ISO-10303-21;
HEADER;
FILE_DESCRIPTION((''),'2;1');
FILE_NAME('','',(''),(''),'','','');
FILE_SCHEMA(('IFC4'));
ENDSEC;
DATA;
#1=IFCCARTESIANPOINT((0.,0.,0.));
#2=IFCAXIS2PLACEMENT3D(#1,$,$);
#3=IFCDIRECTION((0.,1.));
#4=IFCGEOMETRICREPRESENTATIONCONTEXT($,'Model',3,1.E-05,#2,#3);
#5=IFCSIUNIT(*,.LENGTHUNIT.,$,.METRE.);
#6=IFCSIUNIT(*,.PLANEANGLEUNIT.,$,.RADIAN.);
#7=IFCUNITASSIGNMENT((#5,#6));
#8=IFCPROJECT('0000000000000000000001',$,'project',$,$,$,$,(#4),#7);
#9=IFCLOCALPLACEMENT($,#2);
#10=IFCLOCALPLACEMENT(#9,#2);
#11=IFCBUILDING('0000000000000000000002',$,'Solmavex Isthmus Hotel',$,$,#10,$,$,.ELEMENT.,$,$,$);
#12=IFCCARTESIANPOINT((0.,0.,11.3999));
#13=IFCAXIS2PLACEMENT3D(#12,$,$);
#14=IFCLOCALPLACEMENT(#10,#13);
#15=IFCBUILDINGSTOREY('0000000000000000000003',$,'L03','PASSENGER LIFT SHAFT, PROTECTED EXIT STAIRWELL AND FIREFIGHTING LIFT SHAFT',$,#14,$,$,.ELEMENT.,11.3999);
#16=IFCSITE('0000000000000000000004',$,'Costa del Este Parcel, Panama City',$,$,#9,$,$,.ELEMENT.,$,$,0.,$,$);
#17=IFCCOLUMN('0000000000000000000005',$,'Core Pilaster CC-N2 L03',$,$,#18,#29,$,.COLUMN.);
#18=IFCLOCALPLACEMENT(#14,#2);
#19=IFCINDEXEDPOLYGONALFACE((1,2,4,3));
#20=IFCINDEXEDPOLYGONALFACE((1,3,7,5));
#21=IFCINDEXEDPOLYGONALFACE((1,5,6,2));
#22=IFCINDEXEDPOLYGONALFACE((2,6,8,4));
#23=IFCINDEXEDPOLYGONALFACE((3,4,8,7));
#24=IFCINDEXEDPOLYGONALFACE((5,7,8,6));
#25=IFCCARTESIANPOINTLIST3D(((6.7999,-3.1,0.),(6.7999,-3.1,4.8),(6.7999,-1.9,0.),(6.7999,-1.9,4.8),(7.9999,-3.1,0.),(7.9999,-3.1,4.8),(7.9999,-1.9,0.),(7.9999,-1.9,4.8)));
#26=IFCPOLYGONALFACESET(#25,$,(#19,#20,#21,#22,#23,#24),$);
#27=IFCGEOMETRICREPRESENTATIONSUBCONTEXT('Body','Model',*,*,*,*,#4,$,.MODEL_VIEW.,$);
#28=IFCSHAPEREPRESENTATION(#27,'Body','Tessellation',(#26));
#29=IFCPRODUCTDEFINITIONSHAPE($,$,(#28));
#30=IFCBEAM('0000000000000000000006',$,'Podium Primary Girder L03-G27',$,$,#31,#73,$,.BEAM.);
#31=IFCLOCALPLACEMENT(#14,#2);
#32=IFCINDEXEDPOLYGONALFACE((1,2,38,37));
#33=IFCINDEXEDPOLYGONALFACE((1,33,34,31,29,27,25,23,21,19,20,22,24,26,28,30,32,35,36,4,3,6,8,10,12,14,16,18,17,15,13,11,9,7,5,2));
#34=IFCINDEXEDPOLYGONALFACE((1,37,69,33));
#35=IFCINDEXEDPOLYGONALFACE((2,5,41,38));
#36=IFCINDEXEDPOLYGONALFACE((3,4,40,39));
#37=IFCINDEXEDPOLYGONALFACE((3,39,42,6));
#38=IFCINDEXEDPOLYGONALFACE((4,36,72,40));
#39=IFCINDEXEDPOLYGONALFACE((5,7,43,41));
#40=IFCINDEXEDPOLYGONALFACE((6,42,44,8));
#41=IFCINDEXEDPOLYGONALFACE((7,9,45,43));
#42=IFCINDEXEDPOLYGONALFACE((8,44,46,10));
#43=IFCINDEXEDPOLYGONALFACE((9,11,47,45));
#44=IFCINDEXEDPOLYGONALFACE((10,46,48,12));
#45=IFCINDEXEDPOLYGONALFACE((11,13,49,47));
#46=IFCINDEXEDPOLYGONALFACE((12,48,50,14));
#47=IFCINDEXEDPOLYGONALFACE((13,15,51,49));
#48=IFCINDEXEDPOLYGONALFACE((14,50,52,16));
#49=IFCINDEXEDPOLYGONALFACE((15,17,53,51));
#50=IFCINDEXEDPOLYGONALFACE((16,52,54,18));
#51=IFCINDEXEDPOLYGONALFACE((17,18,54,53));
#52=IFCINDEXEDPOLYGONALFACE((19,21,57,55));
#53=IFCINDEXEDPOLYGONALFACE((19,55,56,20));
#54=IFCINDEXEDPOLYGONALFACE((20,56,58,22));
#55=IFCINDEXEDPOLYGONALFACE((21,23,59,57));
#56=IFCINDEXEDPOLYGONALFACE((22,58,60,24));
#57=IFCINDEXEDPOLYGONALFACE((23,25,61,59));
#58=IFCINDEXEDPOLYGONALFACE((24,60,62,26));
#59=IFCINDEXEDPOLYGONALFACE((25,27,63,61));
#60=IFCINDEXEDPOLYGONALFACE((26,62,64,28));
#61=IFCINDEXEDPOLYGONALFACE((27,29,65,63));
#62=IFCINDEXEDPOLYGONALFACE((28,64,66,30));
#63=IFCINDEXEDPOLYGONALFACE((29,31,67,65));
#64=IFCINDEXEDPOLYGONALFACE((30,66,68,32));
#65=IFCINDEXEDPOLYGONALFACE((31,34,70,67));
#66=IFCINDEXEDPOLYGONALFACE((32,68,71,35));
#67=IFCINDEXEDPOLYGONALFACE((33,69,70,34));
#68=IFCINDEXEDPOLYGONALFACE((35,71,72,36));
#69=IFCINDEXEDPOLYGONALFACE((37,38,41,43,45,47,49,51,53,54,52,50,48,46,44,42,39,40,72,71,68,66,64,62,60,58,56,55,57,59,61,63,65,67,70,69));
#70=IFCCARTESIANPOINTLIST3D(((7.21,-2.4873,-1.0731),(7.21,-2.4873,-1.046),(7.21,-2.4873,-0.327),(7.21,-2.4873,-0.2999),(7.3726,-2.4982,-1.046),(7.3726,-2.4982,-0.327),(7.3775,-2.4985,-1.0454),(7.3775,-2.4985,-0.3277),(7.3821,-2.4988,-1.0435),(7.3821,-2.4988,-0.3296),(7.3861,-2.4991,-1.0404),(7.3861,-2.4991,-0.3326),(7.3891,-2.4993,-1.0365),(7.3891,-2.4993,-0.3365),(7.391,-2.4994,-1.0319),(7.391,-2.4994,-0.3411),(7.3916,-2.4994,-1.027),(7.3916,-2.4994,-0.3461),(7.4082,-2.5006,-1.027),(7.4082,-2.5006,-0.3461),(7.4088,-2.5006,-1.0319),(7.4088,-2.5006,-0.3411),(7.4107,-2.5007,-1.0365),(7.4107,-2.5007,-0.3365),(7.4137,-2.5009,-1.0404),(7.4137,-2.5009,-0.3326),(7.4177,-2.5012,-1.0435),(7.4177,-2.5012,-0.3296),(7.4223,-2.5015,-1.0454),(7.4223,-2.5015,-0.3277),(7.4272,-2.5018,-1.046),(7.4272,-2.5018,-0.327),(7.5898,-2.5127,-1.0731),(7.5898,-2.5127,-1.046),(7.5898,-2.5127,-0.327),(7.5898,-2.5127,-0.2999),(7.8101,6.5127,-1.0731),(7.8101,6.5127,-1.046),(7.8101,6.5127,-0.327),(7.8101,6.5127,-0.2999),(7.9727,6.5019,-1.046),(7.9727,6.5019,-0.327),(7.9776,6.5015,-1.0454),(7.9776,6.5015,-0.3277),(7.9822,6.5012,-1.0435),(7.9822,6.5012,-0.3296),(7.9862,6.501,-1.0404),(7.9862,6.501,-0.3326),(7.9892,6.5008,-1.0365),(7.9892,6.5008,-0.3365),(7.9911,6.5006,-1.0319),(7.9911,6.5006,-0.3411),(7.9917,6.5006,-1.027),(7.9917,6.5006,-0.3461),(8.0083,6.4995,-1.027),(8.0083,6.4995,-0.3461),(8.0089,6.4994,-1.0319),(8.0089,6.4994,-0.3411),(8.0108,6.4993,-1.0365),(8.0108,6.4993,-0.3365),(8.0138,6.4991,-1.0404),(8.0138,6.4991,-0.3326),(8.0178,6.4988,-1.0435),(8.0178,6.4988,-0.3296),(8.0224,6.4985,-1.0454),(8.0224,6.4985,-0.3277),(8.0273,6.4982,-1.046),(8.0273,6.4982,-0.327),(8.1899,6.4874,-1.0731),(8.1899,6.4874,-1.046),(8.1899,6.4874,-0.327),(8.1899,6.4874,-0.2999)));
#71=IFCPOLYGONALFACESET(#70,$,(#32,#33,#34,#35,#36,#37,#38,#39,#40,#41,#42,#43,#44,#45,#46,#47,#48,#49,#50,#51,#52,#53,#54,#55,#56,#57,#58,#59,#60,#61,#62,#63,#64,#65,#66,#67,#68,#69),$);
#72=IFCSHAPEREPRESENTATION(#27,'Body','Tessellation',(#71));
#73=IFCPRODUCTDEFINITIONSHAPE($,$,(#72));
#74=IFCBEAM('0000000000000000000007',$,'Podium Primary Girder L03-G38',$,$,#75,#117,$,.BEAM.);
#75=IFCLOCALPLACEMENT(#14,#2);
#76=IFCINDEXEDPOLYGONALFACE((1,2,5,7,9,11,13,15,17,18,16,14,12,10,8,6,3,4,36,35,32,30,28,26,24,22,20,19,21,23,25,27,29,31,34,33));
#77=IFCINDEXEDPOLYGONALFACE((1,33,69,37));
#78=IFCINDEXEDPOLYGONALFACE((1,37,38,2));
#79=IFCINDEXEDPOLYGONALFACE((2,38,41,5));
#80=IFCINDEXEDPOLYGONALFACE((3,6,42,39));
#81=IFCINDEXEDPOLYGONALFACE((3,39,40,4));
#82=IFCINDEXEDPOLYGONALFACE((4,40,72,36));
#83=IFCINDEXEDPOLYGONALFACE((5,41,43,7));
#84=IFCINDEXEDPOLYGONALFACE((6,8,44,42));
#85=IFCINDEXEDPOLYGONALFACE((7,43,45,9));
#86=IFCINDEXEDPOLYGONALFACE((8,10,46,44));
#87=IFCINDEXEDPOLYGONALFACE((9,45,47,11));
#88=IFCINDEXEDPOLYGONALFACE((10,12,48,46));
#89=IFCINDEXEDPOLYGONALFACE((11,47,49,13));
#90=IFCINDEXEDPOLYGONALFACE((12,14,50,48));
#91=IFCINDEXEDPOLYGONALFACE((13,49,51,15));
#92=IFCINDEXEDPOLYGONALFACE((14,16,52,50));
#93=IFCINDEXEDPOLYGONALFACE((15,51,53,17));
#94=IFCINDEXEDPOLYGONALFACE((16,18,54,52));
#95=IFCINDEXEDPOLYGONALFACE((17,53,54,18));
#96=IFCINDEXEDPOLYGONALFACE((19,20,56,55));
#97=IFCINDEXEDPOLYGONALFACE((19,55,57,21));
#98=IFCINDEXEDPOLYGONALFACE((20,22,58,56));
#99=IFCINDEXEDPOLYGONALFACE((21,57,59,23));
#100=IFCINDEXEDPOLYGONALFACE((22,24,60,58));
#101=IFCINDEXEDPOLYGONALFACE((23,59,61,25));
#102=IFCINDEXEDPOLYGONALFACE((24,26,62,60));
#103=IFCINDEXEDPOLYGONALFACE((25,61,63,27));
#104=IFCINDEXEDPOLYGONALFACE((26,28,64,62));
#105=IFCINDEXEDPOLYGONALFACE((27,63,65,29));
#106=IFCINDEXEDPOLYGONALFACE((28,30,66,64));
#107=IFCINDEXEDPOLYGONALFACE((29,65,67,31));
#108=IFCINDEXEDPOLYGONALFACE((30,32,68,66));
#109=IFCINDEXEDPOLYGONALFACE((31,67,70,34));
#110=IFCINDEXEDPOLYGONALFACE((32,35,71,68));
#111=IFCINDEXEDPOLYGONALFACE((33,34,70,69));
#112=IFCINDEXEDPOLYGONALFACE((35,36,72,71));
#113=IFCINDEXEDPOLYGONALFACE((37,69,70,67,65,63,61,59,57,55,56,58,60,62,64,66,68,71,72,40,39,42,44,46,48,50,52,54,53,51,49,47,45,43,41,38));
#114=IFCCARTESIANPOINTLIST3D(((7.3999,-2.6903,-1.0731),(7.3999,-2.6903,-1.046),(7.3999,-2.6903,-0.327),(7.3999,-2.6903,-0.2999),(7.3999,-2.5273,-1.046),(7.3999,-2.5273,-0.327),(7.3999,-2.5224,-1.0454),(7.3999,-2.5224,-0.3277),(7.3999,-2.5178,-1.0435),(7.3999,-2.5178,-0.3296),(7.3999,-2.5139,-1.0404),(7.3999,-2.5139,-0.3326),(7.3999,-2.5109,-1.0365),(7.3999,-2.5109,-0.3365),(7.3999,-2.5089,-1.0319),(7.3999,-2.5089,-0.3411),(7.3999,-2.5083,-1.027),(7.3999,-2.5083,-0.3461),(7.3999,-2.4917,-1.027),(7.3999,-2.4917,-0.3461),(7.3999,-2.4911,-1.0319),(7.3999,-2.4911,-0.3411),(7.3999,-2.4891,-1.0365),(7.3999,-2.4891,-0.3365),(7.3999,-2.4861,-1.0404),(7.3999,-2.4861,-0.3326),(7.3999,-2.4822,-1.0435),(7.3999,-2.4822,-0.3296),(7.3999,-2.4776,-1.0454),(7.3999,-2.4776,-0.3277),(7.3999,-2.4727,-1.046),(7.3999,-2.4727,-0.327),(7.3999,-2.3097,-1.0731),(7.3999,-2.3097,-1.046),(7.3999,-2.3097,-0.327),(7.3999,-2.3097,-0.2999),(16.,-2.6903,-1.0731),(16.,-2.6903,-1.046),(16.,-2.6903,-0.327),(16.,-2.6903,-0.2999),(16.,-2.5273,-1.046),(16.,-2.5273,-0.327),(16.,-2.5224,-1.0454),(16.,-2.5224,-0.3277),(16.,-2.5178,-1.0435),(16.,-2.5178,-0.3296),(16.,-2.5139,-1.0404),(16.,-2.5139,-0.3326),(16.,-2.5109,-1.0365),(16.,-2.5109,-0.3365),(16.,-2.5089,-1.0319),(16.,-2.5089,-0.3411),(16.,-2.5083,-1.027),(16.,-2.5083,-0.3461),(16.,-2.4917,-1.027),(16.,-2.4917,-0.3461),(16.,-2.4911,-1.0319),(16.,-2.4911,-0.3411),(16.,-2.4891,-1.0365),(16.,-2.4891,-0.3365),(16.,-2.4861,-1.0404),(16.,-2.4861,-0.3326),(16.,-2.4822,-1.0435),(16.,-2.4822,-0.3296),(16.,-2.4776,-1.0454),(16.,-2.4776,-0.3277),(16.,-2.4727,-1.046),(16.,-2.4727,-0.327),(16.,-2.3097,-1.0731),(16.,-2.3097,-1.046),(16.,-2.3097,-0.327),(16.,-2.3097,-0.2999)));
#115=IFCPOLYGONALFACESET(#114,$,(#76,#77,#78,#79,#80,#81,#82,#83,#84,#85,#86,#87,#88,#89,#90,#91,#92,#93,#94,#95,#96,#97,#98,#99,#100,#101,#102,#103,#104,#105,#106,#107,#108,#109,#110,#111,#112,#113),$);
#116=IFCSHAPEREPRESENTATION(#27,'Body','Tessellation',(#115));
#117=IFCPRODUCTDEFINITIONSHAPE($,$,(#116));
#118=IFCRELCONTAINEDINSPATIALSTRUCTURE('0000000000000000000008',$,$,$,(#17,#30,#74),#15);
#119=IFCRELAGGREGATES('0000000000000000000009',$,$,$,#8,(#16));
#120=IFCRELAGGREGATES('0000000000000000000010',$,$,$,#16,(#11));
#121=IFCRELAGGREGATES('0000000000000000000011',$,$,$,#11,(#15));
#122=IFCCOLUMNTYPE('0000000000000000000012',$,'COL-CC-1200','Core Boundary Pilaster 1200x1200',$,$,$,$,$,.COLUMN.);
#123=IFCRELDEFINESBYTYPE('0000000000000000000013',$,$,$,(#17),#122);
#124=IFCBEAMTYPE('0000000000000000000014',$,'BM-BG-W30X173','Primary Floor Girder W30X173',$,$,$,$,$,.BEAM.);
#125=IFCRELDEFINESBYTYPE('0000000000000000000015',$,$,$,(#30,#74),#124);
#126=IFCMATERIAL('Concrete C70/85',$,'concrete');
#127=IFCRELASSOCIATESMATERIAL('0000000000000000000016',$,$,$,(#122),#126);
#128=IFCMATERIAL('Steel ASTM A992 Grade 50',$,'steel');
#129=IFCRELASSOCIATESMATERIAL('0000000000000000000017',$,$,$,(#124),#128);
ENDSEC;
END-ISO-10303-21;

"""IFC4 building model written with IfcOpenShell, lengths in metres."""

from ifc_helpers import new_model, si_unit, direction, frame, origin, origin_2d, place, context, subcontext, project, spatial, rectangle, i_section, extrude, material, material_profile, profile_set, type_object, element, save


model = new_model("IFC4")

# Units and contexts
model_context = context("Model", 3, precision=1e-05, world=origin(), true_north=direction((0.0, 1.0)))
body_context = subcontext(model_context, "Body", "Model", "MODEL_VIEW")
ifc_project = project(units=[si_unit("LENGTHUNIT", "METRE"), si_unit("PLANEANGLEUNIT", "RADIAN")], contexts=[model_context])

# Site, building, storey
site_placement = place(None, origin())
site = spatial("IfcSite", under=ifc_project, at=site_placement, Name="Costa del Este Parcel, Panama City", CompositionType="ELEMENT", RefElevation=0.0)
building_placement = place(site_placement, origin())
building = spatial("IfcBuilding", under=site, at=building_placement, Name="Solmavex Isthmus Hotel", CompositionType="ELEMENT")
storey_placement = place(building_placement, frame((0.0, 0.0, 11.3999)))
storey = spatial("IfcBuildingStorey", under=building, at=storey_placement, Name="L03", Description="PASSENGER LIFT SHAFT, PROTECTED EXIT STAIRWELL AND FIREFIGHTING LIFT SHAFT", CompositionType="ELEMENT", Elevation=11.3999)

# Column
ifc_material_1 = material(Name="Concrete C70/85", Category="concrete")
ifc_material_profile_1 = material_profile(ifc_material_1, rectangle(XDim=1.2, YDim=1.2, at=origin_2d()), Name="RC1200X1200")
ifc_profile_set_1 = profile_set([ifc_material_profile_1], Name="Concrete C70/85")
column_type = type_object("IfcColumnType", Name="COL-CC-1200", Description="Core Boundary Pilaster 1200x1200", PredefinedType="COLUMN", material=ifc_profile_set_1)
column_placement = place(storey_placement, frame((7.3999, -2.5, 0.0), z_axis=(0.0, 0.0, 1.0), x_axis=(1.0, 0.0, 0.0)))
element("IfcColumn", 1, at=column_placement, inside=storey, type_object=column_type, Name="Core Pilaster CC-N2 L03", PredefinedType="COLUMN", context=body_context, shape_type="SweptSolid", body=[
    extrude(rectangle(XDim=1.2, YDim=1.2, at=origin_2d()), origin(), (0.0, 0.0, 1.0), 4.8),
])

# Beams
ifc_material_2 = material(Name="Steel ASTM A992 Grade 50", Category="steel")
ifc_material_profile_2 = material_profile(ifc_material_2, i_section(OverallWidth=0.3806, OverallDepth=0.7732, WebThickness=0.0166, FlangeThickness=0.0271, FilletRadius=0.019, at=origin_2d()), Name="W30X173")
ifc_profile_set_2 = profile_set([ifc_material_profile_2], Name="Steel ASTM A992 Grade 50")
beam_type = type_object("IfcBeamType", Name="BM-BG-W30X173", Description="Primary Floor Girder W30X173", PredefinedType="BEAM", material=ifc_profile_set_2)
beam_1_placement = place(storey_placement, frame((7.3999, -2.5, -0.6865), z_axis=(0.06653, 0.997784, 0.0), x_axis=(-0.997784, 0.06653, 0.0)))
element("IfcBeam", 2, at=beam_1_placement, inside=storey, type_object=beam_type, Name="Podium Primary Girder L03-G27", PredefinedType="BEAM", context=body_context, shape_type="SweptSolid", body=[
    extrude(i_section(OverallWidth=0.3806, OverallDepth=0.7732, WebThickness=0.0166, FlangeThickness=0.0271, FilletRadius=0.019, at=origin_2d()), origin(), (0.0, 0.0, 1.0), 9.02),
])
beam_2_placement = place(storey_placement, frame((7.3999, -2.5, -0.6865), z_axis=(1.0, 0.0, 0.0), x_axis=(0.0, 1.0, 0.0)))
element("IfcBeam", 3, at=beam_2_placement, inside=storey, type_object=beam_type, Name="Podium Primary Girder L03-G38", PredefinedType="BEAM", context=body_context, shape_type="SweptSolid", body=[
    extrude(i_section(OverallWidth=0.3806, OverallDepth=0.7732, WebThickness=0.0166, FlangeThickness=0.0271, FilletRadius=0.019, at=origin_2d()), origin(), (0.0, 0.0, 1.0), 8.6001),
])

save(model, "model.ifc")
